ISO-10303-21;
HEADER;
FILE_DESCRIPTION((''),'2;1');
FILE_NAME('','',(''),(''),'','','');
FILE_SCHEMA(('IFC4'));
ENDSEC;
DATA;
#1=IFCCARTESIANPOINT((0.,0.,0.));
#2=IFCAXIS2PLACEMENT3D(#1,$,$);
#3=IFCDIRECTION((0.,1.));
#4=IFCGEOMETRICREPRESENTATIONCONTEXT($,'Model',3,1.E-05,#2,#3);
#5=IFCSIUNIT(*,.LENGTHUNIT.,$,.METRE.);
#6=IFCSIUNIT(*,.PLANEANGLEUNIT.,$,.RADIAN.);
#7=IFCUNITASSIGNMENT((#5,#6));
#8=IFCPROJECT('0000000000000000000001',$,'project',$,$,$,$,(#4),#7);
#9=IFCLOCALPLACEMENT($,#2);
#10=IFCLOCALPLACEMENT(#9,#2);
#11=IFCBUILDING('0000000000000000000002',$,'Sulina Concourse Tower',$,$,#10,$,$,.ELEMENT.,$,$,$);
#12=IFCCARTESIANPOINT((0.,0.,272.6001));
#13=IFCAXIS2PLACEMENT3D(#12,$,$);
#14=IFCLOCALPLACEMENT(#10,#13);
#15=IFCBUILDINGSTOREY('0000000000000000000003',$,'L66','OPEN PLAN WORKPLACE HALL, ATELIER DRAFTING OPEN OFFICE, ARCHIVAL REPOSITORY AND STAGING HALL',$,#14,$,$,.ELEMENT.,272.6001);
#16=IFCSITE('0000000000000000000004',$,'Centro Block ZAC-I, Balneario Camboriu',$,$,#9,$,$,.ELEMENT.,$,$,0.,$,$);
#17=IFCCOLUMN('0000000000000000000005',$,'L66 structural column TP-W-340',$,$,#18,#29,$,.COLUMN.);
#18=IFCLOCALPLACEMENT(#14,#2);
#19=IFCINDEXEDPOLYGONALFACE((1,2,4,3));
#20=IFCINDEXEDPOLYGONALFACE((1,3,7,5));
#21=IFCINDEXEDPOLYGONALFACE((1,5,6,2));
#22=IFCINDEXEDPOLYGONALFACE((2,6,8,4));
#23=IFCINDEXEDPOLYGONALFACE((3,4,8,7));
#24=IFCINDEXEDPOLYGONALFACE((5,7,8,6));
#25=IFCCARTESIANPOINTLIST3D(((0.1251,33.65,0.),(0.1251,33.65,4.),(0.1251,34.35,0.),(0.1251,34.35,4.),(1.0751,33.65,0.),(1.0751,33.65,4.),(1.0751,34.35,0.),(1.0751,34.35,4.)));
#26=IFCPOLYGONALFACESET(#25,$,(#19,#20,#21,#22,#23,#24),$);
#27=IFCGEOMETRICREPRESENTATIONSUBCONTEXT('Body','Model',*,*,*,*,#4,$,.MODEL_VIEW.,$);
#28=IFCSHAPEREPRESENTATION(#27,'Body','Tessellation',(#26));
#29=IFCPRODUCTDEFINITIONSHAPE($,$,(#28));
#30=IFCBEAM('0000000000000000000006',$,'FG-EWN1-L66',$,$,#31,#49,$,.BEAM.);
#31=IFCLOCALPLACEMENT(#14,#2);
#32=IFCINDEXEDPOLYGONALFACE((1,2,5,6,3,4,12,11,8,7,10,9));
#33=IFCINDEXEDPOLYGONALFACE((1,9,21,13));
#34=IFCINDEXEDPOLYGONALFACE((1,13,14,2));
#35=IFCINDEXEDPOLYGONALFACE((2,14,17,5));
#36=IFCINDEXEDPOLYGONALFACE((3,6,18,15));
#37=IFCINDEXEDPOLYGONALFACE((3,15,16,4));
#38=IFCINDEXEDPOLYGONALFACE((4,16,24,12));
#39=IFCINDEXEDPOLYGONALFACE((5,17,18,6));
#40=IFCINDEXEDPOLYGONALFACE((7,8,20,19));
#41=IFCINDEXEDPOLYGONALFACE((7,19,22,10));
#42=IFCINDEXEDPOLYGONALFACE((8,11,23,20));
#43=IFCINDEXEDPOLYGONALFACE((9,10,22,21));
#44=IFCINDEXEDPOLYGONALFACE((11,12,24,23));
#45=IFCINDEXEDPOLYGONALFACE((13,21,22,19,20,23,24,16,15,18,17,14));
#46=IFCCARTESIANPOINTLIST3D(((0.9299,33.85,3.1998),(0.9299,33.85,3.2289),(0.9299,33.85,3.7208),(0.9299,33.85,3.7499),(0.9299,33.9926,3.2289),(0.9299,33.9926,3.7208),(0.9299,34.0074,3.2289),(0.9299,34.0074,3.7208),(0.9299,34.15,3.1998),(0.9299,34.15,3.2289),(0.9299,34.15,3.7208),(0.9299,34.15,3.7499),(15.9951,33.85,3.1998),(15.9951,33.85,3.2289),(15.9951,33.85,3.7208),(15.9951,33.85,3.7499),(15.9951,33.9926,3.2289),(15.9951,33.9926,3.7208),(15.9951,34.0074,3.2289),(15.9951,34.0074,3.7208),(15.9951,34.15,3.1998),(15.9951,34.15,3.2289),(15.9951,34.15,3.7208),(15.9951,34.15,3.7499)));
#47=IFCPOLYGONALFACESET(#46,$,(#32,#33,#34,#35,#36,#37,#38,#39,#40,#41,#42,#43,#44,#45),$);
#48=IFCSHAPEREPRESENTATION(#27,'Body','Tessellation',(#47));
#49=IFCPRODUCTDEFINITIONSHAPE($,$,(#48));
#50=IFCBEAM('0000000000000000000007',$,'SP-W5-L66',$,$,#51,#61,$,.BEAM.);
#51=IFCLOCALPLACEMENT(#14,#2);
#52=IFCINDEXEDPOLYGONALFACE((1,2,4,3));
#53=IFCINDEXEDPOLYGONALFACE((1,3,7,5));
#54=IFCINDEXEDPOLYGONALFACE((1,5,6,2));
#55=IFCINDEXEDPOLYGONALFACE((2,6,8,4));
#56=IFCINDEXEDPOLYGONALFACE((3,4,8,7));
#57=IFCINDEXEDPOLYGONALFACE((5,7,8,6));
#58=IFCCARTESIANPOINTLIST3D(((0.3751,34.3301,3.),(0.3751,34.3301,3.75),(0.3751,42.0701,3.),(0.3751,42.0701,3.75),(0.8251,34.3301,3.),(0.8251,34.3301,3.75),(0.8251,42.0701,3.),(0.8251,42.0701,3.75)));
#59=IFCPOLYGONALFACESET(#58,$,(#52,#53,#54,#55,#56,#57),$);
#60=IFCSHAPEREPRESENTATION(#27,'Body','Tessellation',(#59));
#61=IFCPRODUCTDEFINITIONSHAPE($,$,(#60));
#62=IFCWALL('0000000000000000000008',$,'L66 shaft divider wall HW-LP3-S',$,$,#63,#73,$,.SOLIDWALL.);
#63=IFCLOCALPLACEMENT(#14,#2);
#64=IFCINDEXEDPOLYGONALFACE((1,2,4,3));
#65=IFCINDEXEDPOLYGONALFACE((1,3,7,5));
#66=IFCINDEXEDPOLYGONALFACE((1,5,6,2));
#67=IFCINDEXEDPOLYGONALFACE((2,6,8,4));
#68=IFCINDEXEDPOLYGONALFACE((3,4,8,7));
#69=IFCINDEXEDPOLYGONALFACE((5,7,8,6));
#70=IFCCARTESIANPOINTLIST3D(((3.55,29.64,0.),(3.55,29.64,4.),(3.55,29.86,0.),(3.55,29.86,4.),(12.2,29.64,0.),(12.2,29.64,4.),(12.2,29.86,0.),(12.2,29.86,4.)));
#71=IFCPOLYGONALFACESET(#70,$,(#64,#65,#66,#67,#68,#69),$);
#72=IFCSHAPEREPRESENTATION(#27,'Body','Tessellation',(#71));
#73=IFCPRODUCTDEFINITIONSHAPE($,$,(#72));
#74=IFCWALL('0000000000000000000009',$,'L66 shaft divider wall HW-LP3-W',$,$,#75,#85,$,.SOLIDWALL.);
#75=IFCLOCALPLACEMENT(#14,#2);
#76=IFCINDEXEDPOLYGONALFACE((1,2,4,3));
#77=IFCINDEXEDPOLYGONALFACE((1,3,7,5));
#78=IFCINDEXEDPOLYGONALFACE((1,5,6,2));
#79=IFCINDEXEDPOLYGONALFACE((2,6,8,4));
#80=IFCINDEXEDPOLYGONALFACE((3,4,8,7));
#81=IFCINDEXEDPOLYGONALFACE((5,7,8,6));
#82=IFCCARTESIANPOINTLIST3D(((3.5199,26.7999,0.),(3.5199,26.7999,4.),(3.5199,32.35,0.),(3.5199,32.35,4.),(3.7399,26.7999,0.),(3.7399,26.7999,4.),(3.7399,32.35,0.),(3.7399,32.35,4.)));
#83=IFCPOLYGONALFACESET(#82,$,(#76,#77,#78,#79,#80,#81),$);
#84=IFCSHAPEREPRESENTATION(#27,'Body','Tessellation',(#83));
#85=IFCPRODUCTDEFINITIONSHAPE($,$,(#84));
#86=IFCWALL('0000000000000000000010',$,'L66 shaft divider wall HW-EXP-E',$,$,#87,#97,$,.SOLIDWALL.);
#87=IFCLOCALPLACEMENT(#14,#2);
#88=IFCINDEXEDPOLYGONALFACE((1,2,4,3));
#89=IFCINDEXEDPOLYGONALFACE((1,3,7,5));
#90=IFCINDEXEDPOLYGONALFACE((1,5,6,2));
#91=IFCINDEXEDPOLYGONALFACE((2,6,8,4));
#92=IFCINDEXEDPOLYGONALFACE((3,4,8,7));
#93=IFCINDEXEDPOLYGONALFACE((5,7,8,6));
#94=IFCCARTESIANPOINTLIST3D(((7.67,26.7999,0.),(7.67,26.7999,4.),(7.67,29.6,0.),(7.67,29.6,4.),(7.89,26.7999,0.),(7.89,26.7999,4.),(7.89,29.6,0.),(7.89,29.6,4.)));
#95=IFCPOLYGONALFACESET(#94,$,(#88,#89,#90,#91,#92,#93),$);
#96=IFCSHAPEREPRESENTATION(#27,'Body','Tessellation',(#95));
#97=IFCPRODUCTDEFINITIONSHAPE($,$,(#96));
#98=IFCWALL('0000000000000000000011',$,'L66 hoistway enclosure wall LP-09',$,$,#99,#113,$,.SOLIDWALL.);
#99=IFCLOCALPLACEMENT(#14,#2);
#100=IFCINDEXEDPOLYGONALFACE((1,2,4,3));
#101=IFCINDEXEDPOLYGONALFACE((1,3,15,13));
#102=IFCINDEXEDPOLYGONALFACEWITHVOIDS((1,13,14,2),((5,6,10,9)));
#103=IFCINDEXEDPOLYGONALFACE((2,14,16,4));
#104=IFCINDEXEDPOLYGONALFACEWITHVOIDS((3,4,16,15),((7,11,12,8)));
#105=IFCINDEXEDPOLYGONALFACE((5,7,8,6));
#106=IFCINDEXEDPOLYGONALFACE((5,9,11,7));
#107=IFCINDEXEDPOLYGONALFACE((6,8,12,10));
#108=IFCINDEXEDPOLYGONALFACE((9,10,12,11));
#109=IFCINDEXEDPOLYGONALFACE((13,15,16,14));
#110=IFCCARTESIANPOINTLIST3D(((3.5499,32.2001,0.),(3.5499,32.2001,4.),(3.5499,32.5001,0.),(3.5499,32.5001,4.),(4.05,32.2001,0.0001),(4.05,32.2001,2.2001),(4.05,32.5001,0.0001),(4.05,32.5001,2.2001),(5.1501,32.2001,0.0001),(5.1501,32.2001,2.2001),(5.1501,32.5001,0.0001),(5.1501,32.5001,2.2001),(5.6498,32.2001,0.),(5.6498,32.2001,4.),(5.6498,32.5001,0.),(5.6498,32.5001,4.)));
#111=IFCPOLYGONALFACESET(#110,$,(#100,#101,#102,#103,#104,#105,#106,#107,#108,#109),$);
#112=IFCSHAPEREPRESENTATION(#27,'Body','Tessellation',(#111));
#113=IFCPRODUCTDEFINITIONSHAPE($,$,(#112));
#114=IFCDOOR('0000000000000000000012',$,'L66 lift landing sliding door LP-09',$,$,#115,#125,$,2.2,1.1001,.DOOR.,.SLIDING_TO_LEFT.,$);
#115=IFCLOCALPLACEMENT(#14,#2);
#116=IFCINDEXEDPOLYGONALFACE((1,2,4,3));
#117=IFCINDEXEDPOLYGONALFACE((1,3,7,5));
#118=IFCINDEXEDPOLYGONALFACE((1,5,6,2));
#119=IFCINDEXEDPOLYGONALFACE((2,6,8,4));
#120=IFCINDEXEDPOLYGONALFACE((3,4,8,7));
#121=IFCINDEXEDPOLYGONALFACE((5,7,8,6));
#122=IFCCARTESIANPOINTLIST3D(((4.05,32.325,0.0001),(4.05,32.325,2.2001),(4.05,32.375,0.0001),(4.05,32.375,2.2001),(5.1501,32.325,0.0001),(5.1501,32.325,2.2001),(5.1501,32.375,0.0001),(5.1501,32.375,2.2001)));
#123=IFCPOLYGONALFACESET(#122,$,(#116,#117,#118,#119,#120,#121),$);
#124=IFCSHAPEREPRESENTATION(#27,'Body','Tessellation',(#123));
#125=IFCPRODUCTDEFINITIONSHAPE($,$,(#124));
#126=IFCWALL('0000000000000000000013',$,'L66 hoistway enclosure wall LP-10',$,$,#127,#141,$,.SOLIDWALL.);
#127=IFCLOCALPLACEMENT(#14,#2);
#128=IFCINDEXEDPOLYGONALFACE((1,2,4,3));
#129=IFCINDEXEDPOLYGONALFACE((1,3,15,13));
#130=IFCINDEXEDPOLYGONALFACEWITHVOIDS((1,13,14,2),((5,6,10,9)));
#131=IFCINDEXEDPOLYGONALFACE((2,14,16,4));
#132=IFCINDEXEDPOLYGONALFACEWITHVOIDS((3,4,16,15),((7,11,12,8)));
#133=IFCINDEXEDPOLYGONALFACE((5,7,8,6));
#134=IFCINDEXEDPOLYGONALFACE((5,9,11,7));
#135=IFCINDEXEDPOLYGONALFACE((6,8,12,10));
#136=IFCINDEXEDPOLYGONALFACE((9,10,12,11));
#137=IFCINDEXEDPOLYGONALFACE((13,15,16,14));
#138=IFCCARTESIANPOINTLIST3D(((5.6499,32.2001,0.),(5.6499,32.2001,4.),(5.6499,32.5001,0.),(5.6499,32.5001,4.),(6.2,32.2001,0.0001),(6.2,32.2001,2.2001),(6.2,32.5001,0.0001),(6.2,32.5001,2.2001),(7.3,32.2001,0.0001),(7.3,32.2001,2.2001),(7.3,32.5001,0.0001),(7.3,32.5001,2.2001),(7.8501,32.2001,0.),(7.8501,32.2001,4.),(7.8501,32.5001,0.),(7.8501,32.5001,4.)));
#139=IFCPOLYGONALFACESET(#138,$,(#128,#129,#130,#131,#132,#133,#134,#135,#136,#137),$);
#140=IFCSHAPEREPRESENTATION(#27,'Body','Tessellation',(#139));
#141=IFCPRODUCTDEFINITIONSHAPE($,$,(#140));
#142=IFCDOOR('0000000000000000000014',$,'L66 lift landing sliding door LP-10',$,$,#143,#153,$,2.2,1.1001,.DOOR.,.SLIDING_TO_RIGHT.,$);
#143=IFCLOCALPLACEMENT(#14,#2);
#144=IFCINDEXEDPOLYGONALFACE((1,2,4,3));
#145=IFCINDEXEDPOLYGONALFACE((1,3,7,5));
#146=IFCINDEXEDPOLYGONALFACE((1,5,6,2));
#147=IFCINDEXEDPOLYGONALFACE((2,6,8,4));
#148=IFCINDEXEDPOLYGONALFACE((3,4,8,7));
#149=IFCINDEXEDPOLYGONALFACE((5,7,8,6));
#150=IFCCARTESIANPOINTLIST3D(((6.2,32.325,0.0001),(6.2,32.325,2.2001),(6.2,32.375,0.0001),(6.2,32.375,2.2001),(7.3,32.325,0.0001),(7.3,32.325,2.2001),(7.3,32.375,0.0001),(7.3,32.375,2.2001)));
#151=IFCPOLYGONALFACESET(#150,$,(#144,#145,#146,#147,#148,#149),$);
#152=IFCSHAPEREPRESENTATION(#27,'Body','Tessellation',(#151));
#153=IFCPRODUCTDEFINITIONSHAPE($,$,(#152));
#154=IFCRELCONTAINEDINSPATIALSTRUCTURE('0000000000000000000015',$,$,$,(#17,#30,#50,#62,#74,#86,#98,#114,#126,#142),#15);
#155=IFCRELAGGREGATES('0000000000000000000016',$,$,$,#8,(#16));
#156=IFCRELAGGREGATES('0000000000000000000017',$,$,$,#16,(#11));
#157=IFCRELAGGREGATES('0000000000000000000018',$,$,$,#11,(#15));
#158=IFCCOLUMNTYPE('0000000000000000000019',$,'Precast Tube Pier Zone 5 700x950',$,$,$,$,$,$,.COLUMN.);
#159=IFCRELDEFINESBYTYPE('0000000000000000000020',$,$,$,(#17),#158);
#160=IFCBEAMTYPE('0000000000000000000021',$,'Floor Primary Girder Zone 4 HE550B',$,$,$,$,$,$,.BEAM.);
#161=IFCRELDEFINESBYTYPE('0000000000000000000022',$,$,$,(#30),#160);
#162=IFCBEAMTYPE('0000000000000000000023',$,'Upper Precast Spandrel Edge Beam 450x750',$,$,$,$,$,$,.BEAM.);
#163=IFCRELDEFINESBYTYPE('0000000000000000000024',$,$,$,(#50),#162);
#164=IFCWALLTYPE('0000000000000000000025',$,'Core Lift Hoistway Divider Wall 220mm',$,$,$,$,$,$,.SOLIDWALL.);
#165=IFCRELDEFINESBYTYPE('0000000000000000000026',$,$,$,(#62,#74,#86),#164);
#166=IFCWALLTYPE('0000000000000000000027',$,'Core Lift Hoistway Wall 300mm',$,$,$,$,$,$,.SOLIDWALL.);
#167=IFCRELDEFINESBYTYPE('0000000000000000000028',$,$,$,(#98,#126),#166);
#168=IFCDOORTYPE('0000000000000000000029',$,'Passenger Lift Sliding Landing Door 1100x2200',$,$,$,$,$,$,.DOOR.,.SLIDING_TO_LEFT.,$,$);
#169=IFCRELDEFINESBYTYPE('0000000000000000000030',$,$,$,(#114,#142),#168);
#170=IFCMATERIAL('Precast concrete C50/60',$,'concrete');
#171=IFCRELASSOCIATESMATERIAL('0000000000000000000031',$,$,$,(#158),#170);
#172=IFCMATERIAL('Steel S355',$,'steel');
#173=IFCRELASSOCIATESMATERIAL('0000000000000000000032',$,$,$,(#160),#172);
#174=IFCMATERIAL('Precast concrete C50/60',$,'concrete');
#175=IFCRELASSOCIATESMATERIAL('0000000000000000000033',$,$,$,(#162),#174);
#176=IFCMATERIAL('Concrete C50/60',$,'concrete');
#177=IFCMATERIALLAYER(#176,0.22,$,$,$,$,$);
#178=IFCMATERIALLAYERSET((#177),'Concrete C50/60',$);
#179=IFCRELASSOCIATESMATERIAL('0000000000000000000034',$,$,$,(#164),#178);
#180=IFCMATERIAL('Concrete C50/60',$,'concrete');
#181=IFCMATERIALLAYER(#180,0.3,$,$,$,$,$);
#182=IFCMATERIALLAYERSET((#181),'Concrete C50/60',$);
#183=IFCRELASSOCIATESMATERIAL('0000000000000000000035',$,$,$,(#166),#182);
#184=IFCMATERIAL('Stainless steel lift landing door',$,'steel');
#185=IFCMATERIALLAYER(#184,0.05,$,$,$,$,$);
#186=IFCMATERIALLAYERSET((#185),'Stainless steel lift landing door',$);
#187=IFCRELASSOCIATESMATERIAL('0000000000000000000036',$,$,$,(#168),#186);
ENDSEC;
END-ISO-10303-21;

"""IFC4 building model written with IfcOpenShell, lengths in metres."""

from ifc_helpers import new_model, si_unit, direction, frame, frame_2d, origin, origin_2d, place, context, subcontext, project, spatial, rectangle, i_section, extrude, material, layer, layer_set, material_profile, profile_set, type_object, element, fill, save


model = new_model("IFC4")

# Units and contexts
model_context = context("Model", 3, precision=1e-05, world=origin(), true_north=direction((0.0, 1.0)))
body_context = subcontext(model_context, "Body", "Model", "MODEL_VIEW")
ifc_project = project(units=[si_unit("LENGTHUNIT", "METRE"), si_unit("PLANEANGLEUNIT", "RADIAN")], contexts=[model_context])

# Site, building, storey
site_placement = place(None, origin())
site = spatial("IfcSite", under=ifc_project, at=site_placement, Name="Centro Block ZAC-I, Balneario Camboriu", CompositionType="ELEMENT", RefElevation=0.0)
building_placement = place(site_placement, origin())
building = spatial("IfcBuilding", under=site, at=building_placement, Name="Sulina Concourse Tower", CompositionType="ELEMENT")
storey_placement = place(building_placement, frame((0.0, 0.0, 272.6001)))
storey = spatial("IfcBuildingStorey", under=building, at=storey_placement, Name="L66", Description="OPEN PLAN WORKPLACE HALL, ATELIER DRAFTING OPEN OFFICE, ARCHIVAL REPOSITORY AND STAGING HALL", CompositionType="ELEMENT", Elevation=272.6001)

# Column
ifc_material_1 = material(Name="Precast concrete C50/60", Category="concrete")
ifc_material_profile_1 = material_profile(ifc_material_1, rectangle(XDim=0.7, YDim=0.95, at=origin_2d()), Name="PC 700x950")
ifc_profile_set_1 = profile_set([ifc_material_profile_1], Name="Precast concrete C50/60")
column_type = type_object("IfcColumnType", Name="Precast Tube Pier Zone 5 700x950", PredefinedType="COLUMN", material=ifc_profile_set_1)
column_placement = place(storey_placement, frame((0.6001, 34.0, 0.0), z_axis=(0.0, 0.0, 1.0), x_axis=(0.0, 1.0, 0.0)))
element("IfcColumn", 1, at=column_placement, inside=storey, type_object=column_type, Name="L66 structural column TP-W-340", PredefinedType="COLUMN", context=body_context, shape_type="SweptSolid", body=[
    extrude(rectangle(XDim=0.7, YDim=0.95, at=origin_2d()), origin(), (0.0, 0.0, 1.0), 4.0),
])

# Beams
ifc_material_2 = material(Name="Steel S355", Category="steel")
ifc_material_profile_2 = material_profile(ifc_material_2, i_section(OverallWidth=0.3, OverallDepth=0.55, WebThickness=0.0149, FlangeThickness=0.0291, at=origin_2d()), Name="HE 550 B")
ifc_profile_set_2 = profile_set([ifc_material_profile_2], Name="Steel S355")
beam_type_1 = type_object("IfcBeamType", Name="Floor Primary Girder Zone 4 HE550B", PredefinedType="BEAM", material=ifc_profile_set_2)
beam_1_placement = place(storey_placement, frame((0.9299, 34.0, 3.4749), z_axis=(1.0, 0.0, 0.0), x_axis=(0.0, 1.0, 0.0)))
element("IfcBeam", 2, at=beam_1_placement, inside=storey, type_object=beam_type_1, Name="FG-EWN1-L66", PredefinedType="BEAM", context=body_context, shape_type="SweptSolid", body=[
    extrude(i_section(OverallWidth=0.3, OverallDepth=0.55, WebThickness=0.0149, FlangeThickness=0.0291, at=origin_2d()), origin(), (0.0, 0.0, 1.0), 15.0652),
])
ifc_material_3 = material(Name="Precast concrete C50/60", Category="concrete")
ifc_material_profile_3 = material_profile(ifc_material_3, rectangle(XDim=0.45, YDim=0.75, at=origin_2d()), Name="RC 450x750")
ifc_profile_set_3 = profile_set([ifc_material_profile_3], Name="Precast concrete C50/60")
beam_type_2 = type_object("IfcBeamType", Name="Upper Precast Spandrel Edge Beam 450x750", PredefinedType="BEAM", material=ifc_profile_set_3)
beam_2_placement = place(storey_placement, frame((0.6001, 34.3301, 3.375), z_axis=(0.0, 1.0, 0.0), x_axis=(-1.0, 0.0, 0.0)))
element("IfcBeam", 3, at=beam_2_placement, inside=storey, type_object=beam_type_2, Name="SP-W5-L66", PredefinedType="BEAM", context=body_context, shape_type="SweptSolid", body=[
    extrude(rectangle(XDim=0.45, YDim=0.75, at=origin_2d()), origin(), (0.0, 0.0, 1.0), 7.74),
])

# Walls
ifc_material_4 = material(Name="Concrete C50/60", Category="concrete")
ifc_layer_1 = layer(ifc_material_4, 0.22)
ifc_layer_set_1 = layer_set([ifc_layer_1], Name="Concrete C50/60")
wall_type_1 = type_object("IfcWallType", Name="Core Lift Hoistway Divider Wall 220mm", PredefinedType="SOLIDWALL", material=ifc_layer_set_1)
wall_1_placement = place(storey_placement, frame((3.55, 29.75, 0.0), z_axis=(0.0, 0.0, 1.0), x_axis=(1.0, 0.0, 0.0)))
element("IfcWall", 4, at=wall_1_placement, inside=storey, type_object=wall_type_1, Name="L66 shaft divider wall HW-LP3-S", PredefinedType="SOLIDWALL", context=body_context, shape_type="SweptSolid", body=[
    extrude(rectangle(XDim=8.6499, YDim=0.22, at=frame_2d((4.325, 0.0))), origin(), (0.0, 0.0, 1.0), 4.0),
])
wall_2_placement = place(storey_placement, frame((3.6299, 26.8, 0.0), z_axis=(0.0, 0.0, 1.0), x_axis=(0.0, 1.0, 0.0)))
element("IfcWall", 5, at=wall_2_placement, inside=storey, type_object=wall_type_1, Name="L66 shaft divider wall HW-LP3-W", PredefinedType="SOLIDWALL", context=body_context, shape_type="SweptSolid", body=[
    extrude(rectangle(XDim=5.55, YDim=0.22, at=frame_2d((2.7749, 0.0))), origin(), (0.0, 0.0, 1.0), 4.0),
])
wall_3_placement = place(storey_placement, frame((7.78, 26.8, 0.0), z_axis=(0.0, 0.0, 1.0), x_axis=(0.0, 1.0, 0.0)))
element("IfcWall", 6, at=wall_3_placement, inside=storey, type_object=wall_type_1, Name="L66 shaft divider wall HW-EXP-E", PredefinedType="SOLIDWALL", context=body_context, shape_type="SweptSolid", body=[
    extrude(rectangle(XDim=2.8, YDim=0.22, at=frame_2d((1.3999, 0.0))), origin(), (0.0, 0.0, 1.0), 4.0),
])

# Walls, openings, doors
ifc_material_5 = material(Name="Concrete C50/60", Category="concrete")
ifc_layer_2 = layer(ifc_material_5, 0.3)
ifc_layer_set_2 = layer_set([ifc_layer_2], Name="Concrete C50/60")
wall_type_2 = type_object("IfcWallType", Name="Core Lift Hoistway Wall 300mm", PredefinedType="SOLIDWALL", material=ifc_layer_set_2)
wall_4_placement = place(storey_placement, frame((3.55, 32.3501, 0.0), z_axis=(0.0, 0.0, 1.0), x_axis=(1.0, 0.0, 0.0)))
wall_4 = element("IfcWall", 7, at=wall_4_placement, inside=storey, type_object=wall_type_2, Name="L66 hoistway enclosure wall LP-09", PredefinedType="SOLIDWALL", context=body_context, shape_type="SweptSolid", body=[
    extrude(rectangle(XDim=2.0999, YDim=0.3, at=frame_2d((1.0498, 0.0))), origin(), (0.0, 0.0, 1.0), 4.0),
])
opening_1_placement = place(wall_4_placement, frame((0.5, 0.0, 0.0)))
opening_1 = element("IfcOpeningElement", 8, at=opening_1_placement, cuts=wall_4, PredefinedType="OPENING", context=body_context, shape_type="SweptSolid", body=[
    extrude(rectangle(XDim=1.1001, YDim=2.2, at=frame_2d((0.55, 1.1001))), frame((0.0, 0.1599, 0.0), z_axis=(0.0, -1.0, 0.0), x_axis=(1.0, 0.0, 0.0)), (0.0, 0.0, 1.0), 0.3201),
])
ifc_material_6 = material(Name="Stainless steel lift landing door", Category="steel")
ifc_layer_3 = layer(ifc_material_6, 0.05)
ifc_layer_set_3 = layer_set([ifc_layer_3], Name="Stainless steel lift landing door")
door_type_1 = type_object("IfcDoorType", Name="Passenger Lift Sliding Landing Door 1100x2200", OperationType="SLIDING_TO_LEFT", PredefinedType="DOOR", material=ifc_layer_set_3)
door_1_placement = place(opening_1_placement, origin())
door_1 = element("IfcDoor", 9, at=door_1_placement, inside=storey, type_object=door_type_1, Name="L66 lift landing sliding door LP-09", OperationType="SLIDING_TO_LEFT", OverallHeight=2.2, OverallWidth=1.1001, PredefinedType="DOOR", context=body_context, shape_type="SweptSolid", body=[
    extrude(rectangle(XDim=1.1001, YDim=2.2, at=frame_2d((0.55, 1.1001))), frame((0.0, 0.0249, 0.0), z_axis=(0.0, -1.0, 0.0), x_axis=(1.0, 0.0, 0.0)), (0.0, 0.0, 1.0), 0.05),
])
fill(opening_1, door_1)
wall_5_placement = place(storey_placement, frame((5.6499, 32.3501, 0.0), z_axis=(0.0, 0.0, 1.0), x_axis=(1.0, 0.0, 0.0)))
wall_5 = element("IfcWall", 10, at=wall_5_placement, inside=storey, type_object=wall_type_2, Name="L66 hoistway enclosure wall LP-10", PredefinedType="SOLIDWALL", context=body_context, shape_type="SweptSolid", body=[
    extrude(rectangle(XDim=2.2002, YDim=0.3, at=frame_2d((1.1001, 0.0))), origin(), (0.0, 0.0, 1.0), 4.0),
])
opening_2_placement = place(wall_5_placement, frame((0.55, 0.0, 0.0)))
opening_2 = element("IfcOpeningElement", 11, at=opening_2_placement, cuts=wall_5, PredefinedType="OPENING", context=body_context, shape_type="SweptSolid", body=[
    extrude(rectangle(XDim=1.1001, YDim=2.2, at=frame_2d((0.55, 1.1001))), frame((0.0, 0.1599, 0.0), z_axis=(0.0, -1.0, 0.0), x_axis=(1.0, 0.0, 0.0)), (0.0, 0.0, 1.0), 0.3201),
])
door_2_placement = place(opening_2_placement, origin())
door_2 = element("IfcDoor", 12, at=door_2_placement, inside=storey, type_object=door_type_1, Name="L66 lift landing sliding door LP-10", OperationType="SLIDING_TO_RIGHT", OverallHeight=2.2, OverallWidth=1.1001, PredefinedType="DOOR", context=body_context, shape_type="SweptSolid", body=[
    extrude(rectangle(XDim=1.1001, YDim=2.2, at=frame_2d((0.55, 1.1001))), frame((0.0, 0.0249, 0.0), z_axis=(0.0, -1.0, 0.0), x_axis=(1.0, 0.0, 0.0)), (0.0, 0.0, 1.0), 0.05),
])
fill(opening_2, door_2)

save(model, "model.ifc")
